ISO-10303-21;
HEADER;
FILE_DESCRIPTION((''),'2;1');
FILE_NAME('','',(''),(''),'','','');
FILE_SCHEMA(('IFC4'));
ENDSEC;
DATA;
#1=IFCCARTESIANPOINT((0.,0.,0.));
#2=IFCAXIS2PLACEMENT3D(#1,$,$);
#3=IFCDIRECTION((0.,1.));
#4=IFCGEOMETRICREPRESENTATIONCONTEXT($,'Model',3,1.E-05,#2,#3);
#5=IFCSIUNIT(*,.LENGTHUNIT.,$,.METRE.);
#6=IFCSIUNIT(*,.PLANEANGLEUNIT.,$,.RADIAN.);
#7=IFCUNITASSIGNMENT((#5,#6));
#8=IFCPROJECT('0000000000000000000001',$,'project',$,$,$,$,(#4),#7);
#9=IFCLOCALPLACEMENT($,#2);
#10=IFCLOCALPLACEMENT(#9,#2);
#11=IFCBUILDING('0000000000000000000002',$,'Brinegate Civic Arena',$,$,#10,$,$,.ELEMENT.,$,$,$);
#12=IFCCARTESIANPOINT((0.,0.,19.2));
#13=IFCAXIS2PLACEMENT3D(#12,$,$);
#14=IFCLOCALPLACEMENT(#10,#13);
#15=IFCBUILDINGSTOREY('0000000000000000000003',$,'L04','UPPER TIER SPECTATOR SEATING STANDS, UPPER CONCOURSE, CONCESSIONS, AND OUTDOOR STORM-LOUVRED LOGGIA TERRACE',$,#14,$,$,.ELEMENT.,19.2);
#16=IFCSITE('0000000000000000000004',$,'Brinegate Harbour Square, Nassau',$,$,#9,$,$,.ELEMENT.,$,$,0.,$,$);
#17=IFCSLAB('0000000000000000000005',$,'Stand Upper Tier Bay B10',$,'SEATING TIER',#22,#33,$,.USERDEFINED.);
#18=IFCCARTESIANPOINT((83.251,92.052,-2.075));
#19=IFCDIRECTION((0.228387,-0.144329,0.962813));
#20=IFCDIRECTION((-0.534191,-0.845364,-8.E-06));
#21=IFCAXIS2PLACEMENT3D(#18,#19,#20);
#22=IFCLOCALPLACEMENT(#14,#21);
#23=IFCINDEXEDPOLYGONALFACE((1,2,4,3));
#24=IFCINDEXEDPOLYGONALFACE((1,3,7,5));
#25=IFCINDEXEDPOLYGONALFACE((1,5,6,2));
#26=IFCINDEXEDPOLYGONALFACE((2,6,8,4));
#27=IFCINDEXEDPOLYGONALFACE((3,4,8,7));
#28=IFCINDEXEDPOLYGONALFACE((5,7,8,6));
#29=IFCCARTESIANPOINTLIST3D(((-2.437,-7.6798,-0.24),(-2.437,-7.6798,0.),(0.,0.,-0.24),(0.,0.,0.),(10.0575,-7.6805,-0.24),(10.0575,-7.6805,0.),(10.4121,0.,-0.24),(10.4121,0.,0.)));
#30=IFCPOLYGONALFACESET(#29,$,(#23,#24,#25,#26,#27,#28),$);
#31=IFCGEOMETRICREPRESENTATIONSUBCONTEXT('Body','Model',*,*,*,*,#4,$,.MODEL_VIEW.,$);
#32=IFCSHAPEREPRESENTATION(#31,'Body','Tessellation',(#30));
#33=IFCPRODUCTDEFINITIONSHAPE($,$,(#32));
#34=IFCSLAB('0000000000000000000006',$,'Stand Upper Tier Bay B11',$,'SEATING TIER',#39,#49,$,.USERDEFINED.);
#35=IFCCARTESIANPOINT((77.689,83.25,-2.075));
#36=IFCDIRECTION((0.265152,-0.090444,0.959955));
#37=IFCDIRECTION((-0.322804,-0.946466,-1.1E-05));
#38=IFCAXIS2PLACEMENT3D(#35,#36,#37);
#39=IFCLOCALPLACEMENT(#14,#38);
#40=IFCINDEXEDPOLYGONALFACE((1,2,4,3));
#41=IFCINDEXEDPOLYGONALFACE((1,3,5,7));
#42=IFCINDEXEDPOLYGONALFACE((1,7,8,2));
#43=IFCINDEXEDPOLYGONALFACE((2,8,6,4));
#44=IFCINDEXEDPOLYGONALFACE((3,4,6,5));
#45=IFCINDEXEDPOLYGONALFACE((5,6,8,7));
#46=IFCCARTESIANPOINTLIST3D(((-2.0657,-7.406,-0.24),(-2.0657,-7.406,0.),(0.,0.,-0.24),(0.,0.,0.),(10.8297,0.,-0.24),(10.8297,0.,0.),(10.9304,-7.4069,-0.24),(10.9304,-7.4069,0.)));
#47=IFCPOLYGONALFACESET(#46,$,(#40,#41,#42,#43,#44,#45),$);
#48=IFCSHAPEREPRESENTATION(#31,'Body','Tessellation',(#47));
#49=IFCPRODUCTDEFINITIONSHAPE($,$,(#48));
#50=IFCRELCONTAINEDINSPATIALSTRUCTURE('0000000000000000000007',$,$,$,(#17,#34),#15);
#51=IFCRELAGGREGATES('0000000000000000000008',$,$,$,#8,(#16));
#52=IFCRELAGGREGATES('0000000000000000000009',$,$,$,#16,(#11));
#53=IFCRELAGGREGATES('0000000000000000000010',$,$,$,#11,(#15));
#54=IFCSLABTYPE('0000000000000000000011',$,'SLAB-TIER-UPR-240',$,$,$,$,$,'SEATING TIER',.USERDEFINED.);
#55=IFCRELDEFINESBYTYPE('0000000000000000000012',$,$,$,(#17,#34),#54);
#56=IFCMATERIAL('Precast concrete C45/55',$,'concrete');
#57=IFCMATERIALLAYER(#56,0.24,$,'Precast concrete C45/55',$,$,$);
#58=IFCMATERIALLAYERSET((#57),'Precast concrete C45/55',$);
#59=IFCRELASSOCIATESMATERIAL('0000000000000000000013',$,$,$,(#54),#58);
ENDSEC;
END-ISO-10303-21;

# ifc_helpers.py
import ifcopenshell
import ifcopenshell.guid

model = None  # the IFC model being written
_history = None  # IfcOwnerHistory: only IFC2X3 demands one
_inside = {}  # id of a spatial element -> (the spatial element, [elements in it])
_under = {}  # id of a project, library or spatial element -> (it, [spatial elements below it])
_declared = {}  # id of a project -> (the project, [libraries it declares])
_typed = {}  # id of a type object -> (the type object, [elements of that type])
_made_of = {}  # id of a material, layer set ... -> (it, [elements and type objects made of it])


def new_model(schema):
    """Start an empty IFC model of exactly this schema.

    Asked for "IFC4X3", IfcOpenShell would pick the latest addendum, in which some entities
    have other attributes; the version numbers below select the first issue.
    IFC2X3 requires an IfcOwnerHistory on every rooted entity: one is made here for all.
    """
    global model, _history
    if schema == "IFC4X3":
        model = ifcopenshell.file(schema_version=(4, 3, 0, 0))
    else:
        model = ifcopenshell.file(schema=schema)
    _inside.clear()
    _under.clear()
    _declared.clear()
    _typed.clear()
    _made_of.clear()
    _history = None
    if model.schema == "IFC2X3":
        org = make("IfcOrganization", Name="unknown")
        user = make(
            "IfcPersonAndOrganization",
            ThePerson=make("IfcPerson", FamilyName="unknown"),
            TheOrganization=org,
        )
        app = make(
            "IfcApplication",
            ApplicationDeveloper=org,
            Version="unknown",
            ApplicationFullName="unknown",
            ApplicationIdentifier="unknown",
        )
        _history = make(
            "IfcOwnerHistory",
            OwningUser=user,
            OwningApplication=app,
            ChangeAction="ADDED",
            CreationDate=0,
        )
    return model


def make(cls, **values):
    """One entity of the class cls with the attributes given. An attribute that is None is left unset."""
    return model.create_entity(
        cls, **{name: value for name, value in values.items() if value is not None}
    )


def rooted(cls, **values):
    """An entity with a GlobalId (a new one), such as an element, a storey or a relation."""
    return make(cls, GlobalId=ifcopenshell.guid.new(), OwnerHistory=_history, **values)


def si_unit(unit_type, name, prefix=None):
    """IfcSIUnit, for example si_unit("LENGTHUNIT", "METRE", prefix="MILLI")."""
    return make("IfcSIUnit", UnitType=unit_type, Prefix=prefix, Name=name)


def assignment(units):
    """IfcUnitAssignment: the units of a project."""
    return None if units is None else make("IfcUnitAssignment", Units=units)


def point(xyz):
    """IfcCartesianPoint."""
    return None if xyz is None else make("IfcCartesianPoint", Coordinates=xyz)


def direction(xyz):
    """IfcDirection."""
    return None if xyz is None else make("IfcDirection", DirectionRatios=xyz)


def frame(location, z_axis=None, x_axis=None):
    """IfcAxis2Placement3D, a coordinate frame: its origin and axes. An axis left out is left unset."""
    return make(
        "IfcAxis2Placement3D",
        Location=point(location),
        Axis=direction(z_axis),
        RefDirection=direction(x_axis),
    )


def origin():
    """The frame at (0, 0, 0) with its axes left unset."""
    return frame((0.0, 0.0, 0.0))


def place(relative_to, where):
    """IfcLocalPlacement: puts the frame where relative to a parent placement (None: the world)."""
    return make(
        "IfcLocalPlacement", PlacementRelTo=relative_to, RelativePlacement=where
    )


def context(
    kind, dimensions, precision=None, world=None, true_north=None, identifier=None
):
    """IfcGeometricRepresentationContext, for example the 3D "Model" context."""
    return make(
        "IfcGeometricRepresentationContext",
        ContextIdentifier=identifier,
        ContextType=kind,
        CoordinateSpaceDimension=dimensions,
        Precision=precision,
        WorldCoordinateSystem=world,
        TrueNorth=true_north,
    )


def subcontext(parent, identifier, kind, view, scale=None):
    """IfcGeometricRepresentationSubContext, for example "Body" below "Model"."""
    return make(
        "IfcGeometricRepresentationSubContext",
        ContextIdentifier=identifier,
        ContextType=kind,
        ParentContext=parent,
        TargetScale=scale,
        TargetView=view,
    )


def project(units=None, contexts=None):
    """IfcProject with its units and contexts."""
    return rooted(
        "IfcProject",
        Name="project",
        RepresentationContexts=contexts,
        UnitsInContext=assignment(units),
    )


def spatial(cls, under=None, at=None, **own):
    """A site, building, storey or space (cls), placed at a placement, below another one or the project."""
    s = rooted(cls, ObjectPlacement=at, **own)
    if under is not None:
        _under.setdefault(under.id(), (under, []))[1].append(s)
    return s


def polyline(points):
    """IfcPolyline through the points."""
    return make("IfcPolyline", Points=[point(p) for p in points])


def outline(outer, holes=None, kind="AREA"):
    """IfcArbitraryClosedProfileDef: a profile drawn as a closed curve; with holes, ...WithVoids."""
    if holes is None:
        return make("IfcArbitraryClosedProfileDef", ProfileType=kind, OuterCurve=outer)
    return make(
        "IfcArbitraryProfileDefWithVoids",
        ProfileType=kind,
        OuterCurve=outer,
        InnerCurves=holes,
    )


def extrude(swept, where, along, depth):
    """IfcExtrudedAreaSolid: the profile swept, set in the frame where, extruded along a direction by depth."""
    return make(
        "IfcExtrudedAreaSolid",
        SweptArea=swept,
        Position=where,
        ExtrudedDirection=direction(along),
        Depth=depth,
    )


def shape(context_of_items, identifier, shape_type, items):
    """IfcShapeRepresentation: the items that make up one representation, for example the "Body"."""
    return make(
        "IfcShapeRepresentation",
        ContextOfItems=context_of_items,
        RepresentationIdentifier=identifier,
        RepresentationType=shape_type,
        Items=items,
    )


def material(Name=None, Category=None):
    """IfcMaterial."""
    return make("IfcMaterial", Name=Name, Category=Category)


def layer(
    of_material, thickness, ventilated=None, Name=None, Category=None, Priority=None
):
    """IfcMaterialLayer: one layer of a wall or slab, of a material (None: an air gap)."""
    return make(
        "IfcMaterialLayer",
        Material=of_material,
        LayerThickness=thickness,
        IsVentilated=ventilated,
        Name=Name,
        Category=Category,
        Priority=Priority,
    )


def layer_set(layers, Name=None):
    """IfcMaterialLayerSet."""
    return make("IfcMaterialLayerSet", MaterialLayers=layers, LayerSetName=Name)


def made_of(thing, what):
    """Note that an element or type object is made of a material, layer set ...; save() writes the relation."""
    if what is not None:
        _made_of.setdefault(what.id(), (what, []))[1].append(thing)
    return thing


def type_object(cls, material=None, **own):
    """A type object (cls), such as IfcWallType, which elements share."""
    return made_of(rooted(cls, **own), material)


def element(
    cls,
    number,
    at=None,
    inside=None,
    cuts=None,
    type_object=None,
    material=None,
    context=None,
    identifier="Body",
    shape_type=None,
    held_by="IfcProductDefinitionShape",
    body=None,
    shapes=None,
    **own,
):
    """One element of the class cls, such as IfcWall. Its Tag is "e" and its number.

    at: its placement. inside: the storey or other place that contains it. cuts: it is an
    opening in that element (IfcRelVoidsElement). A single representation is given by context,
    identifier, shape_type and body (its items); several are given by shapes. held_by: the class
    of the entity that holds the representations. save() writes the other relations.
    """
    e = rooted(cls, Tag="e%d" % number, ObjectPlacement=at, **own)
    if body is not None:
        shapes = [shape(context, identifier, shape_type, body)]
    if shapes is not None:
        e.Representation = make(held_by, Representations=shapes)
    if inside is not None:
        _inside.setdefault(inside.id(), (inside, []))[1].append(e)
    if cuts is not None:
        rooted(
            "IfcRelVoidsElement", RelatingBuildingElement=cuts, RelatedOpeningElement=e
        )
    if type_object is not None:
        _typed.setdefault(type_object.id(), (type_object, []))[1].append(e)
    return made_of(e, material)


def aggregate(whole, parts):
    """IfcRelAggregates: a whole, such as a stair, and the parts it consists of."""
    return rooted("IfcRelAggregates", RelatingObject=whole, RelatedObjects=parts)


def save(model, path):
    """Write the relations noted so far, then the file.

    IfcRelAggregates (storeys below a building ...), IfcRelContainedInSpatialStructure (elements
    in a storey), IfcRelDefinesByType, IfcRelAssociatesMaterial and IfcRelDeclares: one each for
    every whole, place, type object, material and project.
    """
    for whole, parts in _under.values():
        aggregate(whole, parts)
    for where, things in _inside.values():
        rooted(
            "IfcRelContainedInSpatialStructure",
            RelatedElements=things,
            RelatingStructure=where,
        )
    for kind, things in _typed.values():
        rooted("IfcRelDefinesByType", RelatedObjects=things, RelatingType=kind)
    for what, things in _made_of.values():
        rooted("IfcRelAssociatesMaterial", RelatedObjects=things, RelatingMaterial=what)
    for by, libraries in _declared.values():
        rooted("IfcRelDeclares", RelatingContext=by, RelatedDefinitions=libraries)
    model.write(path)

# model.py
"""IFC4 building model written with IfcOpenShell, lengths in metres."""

from ifc_helpers import new_model, si_unit, direction, frame, origin, place, context, subcontext, project, spatial, polyline, outline, extrude, material, layer, layer_set, type_object, element, save


model = new_model("IFC4")

# Units and contexts
model_context = context("Model", 3, precision=1e-05, world=origin(), true_north=direction((0.0, 1.0)))
body_context = subcontext(model_context, "Body", "Model", "MODEL_VIEW")
ifc_project = project(units=[si_unit("LENGTHUNIT", "METRE"), si_unit("PLANEANGLEUNIT", "RADIAN")], contexts=[model_context])

# Site, building, storey
site_placement = place(None, origin())
site = spatial("IfcSite", under=ifc_project, at=site_placement, Name="Brinegate Harbour Square, Nassau", CompositionType="ELEMENT", RefElevation=0.0)
building_placement = place(site_placement, origin())
building = spatial("IfcBuilding", under=site, at=building_placement, Name="Brinegate Civic Arena", CompositionType="ELEMENT")
storey_placement = place(building_placement, frame((0.0, 0.0, 19.2)))
storey = spatial("IfcBuildingStorey", under=building, at=storey_placement, Name="L04", Description="UPPER TIER SPECTATOR SEATING STANDS, UPPER CONCOURSE, CONCESSIONS, AND OUTDOOR STORM-LOUVRED LOGGIA TERRACE", CompositionType="ELEMENT", Elevation=19.2)

# Slabs
ifc_material_1 = material(Name="Precast concrete C45/55", Category="concrete")
ifc_layer_1 = layer(ifc_material_1, 0.24, Name="Precast concrete C45/55")
ifc_layer_set_1 = layer_set([ifc_layer_1], Name="Precast concrete C45/55")
slab_type = type_object("IfcSlabType", Name="SLAB-TIER-UPR-240", ElementType="SEATING TIER", PredefinedType="USERDEFINED", material=ifc_layer_set_1)
slab_1_placement = place(storey_placement, frame((83.251, 92.052, -2.075), z_axis=(0.228387, -0.144329, 0.962813), x_axis=(-0.534191, -0.845364, -0.000008)))
element("IfcSlab", 1, at=slab_1_placement, inside=storey, type_object=slab_type, Name="Stand Upper Tier Bay B10", ObjectType="SEATING TIER", PredefinedType="USERDEFINED", context=body_context, shape_type="SweptSolid", body=[
    extrude(outline(polyline([(0.0, 0.0), (10.4121, 0.0), (10.0575, -7.6805), (-2.437, -7.6798), (0.0, 0.0)])), origin(), (0.0, 0.0, -1.0), 0.24),
])
slab_2_placement = place(storey_placement, frame((77.689, 83.25, -2.075), z_axis=(0.265152, -0.090444, 0.959955), x_axis=(-0.322804, -0.946466, -0.000011)))
element("IfcSlab", 2, at=slab_2_placement, inside=storey, type_object=slab_type, Name="Stand Upper Tier Bay B11", ObjectType="SEATING TIER", PredefinedType="USERDEFINED", context=body_context, shape_type="SweptSolid", body=[
    extrude(outline(polyline([(0.0, 0.0), (10.8297, 0.0), (10.9304, -7.4069), (-2.0657, -7.406), (0.0, 0.0)])), origin(), (0.0, 0.0, -1.0), 0.24),
])

save(model, "model.ifc")
